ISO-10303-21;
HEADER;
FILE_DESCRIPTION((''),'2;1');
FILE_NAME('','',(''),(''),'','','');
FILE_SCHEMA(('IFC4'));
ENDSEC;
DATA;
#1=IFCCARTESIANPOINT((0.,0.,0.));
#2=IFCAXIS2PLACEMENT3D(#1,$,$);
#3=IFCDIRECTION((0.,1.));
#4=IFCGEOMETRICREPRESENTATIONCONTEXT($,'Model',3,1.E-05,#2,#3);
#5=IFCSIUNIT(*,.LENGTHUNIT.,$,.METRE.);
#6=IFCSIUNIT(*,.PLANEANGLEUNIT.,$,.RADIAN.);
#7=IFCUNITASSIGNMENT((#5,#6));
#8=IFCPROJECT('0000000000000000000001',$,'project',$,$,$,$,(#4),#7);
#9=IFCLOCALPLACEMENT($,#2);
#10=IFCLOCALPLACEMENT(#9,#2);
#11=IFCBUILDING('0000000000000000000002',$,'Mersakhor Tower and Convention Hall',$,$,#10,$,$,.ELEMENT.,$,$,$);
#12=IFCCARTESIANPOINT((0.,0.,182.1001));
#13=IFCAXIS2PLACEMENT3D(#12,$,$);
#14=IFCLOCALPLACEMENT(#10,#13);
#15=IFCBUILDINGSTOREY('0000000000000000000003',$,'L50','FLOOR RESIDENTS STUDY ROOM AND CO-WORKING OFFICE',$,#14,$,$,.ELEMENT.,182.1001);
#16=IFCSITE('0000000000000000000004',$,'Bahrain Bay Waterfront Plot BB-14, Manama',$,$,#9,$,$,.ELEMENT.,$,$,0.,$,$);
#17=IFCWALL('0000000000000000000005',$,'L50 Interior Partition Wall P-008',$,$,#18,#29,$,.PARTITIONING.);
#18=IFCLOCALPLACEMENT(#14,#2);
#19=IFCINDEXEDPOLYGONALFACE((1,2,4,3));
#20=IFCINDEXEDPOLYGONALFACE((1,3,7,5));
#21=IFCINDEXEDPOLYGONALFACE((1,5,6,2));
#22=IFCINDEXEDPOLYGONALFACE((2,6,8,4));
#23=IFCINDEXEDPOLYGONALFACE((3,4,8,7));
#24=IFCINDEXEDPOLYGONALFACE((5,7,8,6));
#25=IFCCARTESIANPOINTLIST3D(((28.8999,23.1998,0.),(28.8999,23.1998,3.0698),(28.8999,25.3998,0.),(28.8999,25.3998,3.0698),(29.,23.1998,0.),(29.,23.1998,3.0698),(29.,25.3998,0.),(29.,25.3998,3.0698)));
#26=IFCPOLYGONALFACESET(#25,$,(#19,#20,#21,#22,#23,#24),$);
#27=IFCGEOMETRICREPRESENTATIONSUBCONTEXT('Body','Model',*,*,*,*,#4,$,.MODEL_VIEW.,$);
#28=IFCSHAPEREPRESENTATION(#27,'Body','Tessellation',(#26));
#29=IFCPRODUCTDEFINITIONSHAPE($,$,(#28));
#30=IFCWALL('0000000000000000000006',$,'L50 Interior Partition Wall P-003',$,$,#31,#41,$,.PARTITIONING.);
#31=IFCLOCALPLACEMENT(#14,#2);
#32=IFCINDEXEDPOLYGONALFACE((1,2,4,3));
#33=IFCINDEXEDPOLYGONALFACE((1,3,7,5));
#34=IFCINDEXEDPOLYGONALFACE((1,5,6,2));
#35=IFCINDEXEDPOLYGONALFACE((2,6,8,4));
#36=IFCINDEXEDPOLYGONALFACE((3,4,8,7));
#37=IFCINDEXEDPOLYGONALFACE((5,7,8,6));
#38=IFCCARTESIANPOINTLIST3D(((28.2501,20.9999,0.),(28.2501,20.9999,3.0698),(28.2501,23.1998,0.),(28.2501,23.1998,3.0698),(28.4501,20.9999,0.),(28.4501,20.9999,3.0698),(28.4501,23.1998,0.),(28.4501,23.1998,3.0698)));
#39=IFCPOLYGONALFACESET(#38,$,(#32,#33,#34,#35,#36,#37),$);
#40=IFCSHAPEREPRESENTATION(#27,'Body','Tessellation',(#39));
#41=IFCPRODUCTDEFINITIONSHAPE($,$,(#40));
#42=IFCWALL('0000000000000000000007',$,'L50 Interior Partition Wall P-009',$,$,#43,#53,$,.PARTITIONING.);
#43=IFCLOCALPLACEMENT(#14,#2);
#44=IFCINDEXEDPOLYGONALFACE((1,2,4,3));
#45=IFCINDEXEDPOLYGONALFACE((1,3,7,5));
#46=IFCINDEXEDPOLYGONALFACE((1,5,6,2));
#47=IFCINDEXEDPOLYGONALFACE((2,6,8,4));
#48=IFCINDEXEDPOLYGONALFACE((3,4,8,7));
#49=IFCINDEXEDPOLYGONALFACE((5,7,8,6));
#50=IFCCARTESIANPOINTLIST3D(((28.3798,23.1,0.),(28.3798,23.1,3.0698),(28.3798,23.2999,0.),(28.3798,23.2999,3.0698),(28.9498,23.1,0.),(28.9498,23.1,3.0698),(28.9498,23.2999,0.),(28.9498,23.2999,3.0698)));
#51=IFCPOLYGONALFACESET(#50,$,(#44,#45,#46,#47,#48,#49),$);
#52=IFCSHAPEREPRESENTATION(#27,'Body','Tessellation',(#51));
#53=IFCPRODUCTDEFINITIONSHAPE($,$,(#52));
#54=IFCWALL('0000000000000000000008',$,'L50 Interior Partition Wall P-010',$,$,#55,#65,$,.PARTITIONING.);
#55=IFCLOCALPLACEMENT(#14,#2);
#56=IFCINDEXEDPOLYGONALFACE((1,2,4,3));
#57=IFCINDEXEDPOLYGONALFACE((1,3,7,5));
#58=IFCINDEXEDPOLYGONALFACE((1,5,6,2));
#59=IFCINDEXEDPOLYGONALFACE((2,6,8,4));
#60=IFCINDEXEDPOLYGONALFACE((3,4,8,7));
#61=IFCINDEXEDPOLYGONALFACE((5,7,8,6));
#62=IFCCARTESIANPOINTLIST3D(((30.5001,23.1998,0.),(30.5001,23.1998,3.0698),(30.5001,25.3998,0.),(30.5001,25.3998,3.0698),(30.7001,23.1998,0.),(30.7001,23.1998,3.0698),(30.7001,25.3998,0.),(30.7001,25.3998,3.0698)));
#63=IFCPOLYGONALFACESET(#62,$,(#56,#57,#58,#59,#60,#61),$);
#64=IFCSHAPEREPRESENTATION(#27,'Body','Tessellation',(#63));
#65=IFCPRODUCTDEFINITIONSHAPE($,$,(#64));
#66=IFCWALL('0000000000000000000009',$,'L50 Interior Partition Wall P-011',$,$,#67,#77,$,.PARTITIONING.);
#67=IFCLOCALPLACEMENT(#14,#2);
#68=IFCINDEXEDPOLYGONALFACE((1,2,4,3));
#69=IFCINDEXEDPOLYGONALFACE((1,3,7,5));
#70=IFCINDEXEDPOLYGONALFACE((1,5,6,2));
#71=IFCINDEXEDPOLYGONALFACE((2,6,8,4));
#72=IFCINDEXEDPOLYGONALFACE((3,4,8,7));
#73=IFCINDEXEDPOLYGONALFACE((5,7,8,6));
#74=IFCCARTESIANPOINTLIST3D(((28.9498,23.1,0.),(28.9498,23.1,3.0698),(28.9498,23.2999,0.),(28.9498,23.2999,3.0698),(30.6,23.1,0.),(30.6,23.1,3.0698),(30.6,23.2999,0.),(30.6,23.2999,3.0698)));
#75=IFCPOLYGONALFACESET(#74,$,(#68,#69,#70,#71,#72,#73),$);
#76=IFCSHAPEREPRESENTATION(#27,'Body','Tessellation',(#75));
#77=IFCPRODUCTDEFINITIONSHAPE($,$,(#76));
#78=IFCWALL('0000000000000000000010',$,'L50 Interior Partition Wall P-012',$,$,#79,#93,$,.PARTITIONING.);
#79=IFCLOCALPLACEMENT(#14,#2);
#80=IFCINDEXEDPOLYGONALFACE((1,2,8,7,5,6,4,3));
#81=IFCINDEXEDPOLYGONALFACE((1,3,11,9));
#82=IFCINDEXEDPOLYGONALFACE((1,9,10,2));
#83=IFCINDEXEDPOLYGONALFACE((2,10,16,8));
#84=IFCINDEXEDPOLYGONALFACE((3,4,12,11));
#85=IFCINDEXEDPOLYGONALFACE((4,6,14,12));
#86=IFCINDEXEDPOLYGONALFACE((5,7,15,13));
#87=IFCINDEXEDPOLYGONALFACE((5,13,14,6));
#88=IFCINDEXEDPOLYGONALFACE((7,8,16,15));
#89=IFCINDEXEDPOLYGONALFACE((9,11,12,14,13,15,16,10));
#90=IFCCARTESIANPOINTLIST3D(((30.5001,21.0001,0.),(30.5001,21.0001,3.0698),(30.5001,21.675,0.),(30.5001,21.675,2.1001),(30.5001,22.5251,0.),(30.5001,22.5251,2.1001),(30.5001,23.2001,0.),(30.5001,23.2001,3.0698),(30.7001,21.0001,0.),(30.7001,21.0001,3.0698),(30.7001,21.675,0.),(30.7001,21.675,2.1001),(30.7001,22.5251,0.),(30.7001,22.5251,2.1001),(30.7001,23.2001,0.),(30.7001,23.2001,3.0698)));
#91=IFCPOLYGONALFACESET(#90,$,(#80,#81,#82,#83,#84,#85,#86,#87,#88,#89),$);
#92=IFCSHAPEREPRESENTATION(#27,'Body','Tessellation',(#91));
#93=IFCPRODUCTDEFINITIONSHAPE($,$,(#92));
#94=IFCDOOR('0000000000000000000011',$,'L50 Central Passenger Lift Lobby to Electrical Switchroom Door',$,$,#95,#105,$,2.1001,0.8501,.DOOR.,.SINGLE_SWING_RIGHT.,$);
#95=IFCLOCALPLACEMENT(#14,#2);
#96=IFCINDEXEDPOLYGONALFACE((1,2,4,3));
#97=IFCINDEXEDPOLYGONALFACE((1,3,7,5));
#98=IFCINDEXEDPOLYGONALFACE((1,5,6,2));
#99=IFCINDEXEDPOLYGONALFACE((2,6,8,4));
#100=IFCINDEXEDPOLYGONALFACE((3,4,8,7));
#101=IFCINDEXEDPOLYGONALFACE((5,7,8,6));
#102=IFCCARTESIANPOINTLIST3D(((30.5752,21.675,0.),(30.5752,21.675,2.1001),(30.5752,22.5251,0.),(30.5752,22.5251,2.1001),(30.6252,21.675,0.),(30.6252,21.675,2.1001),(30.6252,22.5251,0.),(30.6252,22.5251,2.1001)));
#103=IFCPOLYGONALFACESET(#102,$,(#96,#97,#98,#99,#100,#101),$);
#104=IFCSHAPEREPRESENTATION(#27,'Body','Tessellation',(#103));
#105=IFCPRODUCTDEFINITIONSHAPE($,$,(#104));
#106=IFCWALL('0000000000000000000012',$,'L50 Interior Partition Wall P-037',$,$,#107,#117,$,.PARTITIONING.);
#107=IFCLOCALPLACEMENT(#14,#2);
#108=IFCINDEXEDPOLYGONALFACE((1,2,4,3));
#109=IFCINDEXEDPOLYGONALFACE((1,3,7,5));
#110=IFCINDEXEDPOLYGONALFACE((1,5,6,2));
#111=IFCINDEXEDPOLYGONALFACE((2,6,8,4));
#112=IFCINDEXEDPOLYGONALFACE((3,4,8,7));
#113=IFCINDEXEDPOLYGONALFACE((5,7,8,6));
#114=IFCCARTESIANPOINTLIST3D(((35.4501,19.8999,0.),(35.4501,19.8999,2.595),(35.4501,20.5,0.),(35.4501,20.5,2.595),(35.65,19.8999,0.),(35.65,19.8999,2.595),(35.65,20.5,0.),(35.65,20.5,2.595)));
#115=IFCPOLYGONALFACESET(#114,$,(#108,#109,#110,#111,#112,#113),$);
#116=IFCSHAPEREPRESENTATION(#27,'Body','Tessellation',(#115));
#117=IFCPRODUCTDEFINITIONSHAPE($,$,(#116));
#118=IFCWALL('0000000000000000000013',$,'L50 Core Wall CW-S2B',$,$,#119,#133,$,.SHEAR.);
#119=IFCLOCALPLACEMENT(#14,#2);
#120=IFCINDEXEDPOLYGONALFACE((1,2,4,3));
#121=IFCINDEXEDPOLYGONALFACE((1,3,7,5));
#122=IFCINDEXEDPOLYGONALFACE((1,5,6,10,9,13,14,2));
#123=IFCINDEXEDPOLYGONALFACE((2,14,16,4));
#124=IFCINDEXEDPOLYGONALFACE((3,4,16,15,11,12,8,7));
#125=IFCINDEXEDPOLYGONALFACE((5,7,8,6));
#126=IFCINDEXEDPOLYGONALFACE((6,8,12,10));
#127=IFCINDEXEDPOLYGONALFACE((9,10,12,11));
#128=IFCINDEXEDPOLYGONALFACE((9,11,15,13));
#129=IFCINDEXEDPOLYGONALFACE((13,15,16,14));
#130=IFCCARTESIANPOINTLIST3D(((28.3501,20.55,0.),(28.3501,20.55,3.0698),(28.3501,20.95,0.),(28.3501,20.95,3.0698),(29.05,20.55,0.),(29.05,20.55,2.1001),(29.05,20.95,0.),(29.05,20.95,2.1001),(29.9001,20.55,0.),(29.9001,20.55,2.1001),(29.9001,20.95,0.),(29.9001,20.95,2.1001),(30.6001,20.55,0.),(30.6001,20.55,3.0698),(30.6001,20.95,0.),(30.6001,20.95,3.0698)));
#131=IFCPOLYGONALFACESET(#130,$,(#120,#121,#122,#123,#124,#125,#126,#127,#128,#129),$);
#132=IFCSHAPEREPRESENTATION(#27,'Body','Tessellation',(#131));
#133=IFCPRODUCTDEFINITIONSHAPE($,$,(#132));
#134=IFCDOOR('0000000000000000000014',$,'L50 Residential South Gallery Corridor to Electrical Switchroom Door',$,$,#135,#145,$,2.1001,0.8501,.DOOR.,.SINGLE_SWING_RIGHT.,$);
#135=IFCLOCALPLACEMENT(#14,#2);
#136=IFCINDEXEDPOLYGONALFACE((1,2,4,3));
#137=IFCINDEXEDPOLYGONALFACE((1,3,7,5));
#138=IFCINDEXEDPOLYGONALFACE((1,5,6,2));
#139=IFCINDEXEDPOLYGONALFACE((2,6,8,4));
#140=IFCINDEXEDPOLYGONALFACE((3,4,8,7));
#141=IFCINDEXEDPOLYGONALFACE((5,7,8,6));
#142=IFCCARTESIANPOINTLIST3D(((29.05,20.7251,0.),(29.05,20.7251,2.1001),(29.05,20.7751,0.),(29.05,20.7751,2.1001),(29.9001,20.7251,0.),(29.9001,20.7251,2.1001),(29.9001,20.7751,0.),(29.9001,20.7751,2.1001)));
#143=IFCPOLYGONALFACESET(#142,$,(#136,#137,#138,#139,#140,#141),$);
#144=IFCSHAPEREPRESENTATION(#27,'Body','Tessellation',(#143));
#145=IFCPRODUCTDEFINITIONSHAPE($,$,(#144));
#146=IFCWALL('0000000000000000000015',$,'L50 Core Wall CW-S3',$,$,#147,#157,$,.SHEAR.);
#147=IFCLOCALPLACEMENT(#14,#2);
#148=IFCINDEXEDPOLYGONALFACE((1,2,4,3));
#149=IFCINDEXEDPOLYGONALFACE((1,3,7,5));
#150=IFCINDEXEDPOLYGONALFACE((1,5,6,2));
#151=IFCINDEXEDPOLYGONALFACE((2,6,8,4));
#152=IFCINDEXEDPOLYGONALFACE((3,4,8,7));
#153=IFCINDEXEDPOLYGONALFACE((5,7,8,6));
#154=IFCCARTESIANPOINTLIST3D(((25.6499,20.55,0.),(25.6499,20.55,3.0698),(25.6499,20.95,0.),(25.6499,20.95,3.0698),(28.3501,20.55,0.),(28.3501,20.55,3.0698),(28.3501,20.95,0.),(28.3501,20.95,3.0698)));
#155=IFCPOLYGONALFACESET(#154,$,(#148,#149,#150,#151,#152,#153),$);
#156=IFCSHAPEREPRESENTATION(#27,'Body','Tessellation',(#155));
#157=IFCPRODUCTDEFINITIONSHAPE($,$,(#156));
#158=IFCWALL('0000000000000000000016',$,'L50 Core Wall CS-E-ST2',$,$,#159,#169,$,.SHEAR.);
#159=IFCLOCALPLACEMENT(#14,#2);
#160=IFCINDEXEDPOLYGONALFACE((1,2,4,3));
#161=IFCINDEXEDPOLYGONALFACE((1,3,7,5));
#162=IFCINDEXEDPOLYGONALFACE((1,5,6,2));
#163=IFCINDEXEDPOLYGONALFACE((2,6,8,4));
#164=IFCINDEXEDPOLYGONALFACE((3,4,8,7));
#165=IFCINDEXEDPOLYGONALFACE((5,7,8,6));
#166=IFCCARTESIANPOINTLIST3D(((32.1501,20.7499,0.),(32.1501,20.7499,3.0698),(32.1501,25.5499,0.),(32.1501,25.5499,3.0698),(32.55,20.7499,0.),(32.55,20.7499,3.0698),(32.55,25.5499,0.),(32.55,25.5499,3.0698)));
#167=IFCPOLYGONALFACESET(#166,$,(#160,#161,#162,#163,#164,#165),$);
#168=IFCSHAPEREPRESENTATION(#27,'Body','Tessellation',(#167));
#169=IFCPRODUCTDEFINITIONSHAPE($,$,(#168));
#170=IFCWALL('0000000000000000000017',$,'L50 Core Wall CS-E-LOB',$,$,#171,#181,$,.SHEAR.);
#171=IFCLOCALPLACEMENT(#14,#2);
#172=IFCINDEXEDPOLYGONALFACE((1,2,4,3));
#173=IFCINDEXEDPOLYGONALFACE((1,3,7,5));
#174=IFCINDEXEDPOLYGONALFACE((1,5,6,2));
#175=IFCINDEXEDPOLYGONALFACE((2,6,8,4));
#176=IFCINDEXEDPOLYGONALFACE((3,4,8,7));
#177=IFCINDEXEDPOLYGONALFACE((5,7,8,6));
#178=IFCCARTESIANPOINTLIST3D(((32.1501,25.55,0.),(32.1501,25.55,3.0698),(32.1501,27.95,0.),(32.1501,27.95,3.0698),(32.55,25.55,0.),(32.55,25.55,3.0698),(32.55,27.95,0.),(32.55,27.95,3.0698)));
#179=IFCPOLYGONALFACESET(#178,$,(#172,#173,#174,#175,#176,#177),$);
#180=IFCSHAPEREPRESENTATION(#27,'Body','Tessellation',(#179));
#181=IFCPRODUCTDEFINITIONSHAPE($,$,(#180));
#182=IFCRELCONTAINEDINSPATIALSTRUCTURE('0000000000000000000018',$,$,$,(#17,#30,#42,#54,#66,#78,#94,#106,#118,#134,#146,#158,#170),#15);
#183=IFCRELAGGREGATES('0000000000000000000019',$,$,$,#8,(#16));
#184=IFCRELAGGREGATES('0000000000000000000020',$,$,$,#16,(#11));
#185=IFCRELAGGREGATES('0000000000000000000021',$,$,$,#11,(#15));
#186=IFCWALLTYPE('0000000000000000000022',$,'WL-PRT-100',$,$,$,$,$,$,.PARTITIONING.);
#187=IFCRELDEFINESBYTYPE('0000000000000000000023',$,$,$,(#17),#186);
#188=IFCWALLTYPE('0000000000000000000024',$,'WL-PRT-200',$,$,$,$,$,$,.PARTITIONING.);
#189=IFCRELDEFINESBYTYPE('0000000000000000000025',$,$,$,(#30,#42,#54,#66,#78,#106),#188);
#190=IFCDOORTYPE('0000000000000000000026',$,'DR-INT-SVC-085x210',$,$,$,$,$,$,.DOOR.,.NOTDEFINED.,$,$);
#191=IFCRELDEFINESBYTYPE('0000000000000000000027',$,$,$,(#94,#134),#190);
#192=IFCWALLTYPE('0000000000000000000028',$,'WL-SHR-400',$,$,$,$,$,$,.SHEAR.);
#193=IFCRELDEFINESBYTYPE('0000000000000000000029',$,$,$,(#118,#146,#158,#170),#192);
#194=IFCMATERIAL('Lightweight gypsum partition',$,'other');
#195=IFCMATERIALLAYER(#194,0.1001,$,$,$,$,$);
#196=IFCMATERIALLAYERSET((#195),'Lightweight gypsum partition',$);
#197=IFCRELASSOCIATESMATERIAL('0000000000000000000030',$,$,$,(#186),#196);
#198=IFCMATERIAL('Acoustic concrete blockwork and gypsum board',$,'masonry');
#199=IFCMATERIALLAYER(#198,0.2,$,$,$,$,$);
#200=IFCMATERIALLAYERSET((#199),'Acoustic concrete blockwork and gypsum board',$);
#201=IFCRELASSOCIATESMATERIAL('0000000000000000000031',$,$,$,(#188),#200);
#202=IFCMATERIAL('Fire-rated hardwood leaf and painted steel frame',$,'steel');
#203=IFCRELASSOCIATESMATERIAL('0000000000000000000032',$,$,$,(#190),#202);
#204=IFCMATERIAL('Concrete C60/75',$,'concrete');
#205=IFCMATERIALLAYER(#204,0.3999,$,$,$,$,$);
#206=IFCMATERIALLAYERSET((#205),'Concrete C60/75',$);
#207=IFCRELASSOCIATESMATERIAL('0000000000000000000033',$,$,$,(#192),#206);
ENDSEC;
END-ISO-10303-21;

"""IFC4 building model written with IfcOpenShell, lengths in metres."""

from ifc_helpers import new_model, si_unit, direction, frame, frame_2d, origin, place, context, subcontext, project, spatial, rectangle, extrude, material, layer, layer_set, type_object, element, fill, save


model = new_model("IFC4")

# Units and contexts
model_context = context("Model", 3, precision=1e-05, world=origin(), true_north=direction((0.0, 1.0)))
body_context = subcontext(model_context, "Body", "Model", "MODEL_VIEW")
ifc_project = project(units=[si_unit("LENGTHUNIT", "METRE"), si_unit("PLANEANGLEUNIT", "RADIAN")], contexts=[model_context])

# Site, building, storey
site_placement = place(None, origin())
site = spatial("IfcSite", under=ifc_project, at=site_placement, Name="Bahrain Bay Waterfront Plot BB-14, Manama", CompositionType="ELEMENT", RefElevation=0.0)
building_placement = place(site_placement, origin())
building = spatial("IfcBuilding", under=site, at=building_placement, Name="Mersakhor Tower and Convention Hall", CompositionType="ELEMENT")
storey_placement = place(building_placement, frame((0.0, 0.0, 182.1001)))
storey = spatial("IfcBuildingStorey", under=building, at=storey_placement, Name="L50", Description="FLOOR RESIDENTS STUDY ROOM AND CO-WORKING OFFICE", CompositionType="ELEMENT", Elevation=182.1001)

# Walls
ifc_material_1 = material(Name="Lightweight gypsum partition", Category="other")
ifc_layer_1 = layer(ifc_material_1, 0.1001)
ifc_layer_set_1 = layer_set([ifc_layer_1], Name="Lightweight gypsum partition")
wall_type_1 = type_object("IfcWallType", Name="WL-PRT-100", PredefinedType="PARTITIONING", material=ifc_layer_set_1)
wall_1_placement = place(storey_placement, frame((28.95, 25.3999, 0.0), z_axis=(0.0, 0.0, 1.0), x_axis=(0.0, -1.0, 0.0)))
element("IfcWall", 1, at=wall_1_placement, inside=storey, type_object=wall_type_1, Name="L50 Interior Partition Wall P-008", PredefinedType="PARTITIONING", context=body_context, shape_type="SweptSolid", body=[
    extrude(rectangle(XDim=2.2, YDim=0.1001, at=frame_2d((1.1001, 0.0))), origin(), (0.0, 0.0, 1.0), 3.0698),
])
ifc_material_2 = material(Name="Acoustic concrete blockwork and gypsum board", Category="masonry")
ifc_layer_2 = layer(ifc_material_2, 0.2)
ifc_layer_set_2 = layer_set([ifc_layer_2], Name="Acoustic concrete blockwork and gypsum board")
wall_type_2 = type_object("IfcWallType", Name="WL-PRT-200", PredefinedType="PARTITIONING", material=ifc_layer_set_2)
wall_2_placement = place(storey_placement, frame((28.3501, 23.2, 0.0), z_axis=(0.0, 0.0, 1.0), x_axis=(0.0, -1.0, 0.0)))
element("IfcWall", 2, at=wall_2_placement, inside=storey, type_object=wall_type_2, Name="L50 Interior Partition Wall P-003", PredefinedType="PARTITIONING", context=body_context, shape_type="SweptSolid", body=[
    extrude(rectangle(XDim=2.2, YDim=0.2, at=frame_2d((1.1001, 0.0))), origin(), (0.0, 0.0, 1.0), 3.0698),
])
wall_3_placement = place(storey_placement, frame((28.95, 23.2, 0.0), z_axis=(0.0, 0.0, 1.0), x_axis=(-1.0, 0.0, 0.0)))
element("IfcWall", 3, at=wall_3_placement, inside=storey, type_object=wall_type_2, Name="L50 Interior Partition Wall P-009", PredefinedType="PARTITIONING", context=body_context, shape_type="SweptSolid", body=[
    extrude(rectangle(XDim=0.5701, YDim=0.2, at=frame_2d((0.2852, 0.0))), origin(), (0.0, 0.0, 1.0), 3.0698),
])
wall_4_placement = place(storey_placement, frame((30.6001, 25.3999, 0.0), z_axis=(0.0, 0.0, 1.0), x_axis=(0.0, -1.0, 0.0)))
element("IfcWall", 4, at=wall_4_placement, inside=storey, type_object=wall_type_2, Name="L50 Interior Partition Wall P-010", PredefinedType="PARTITIONING", context=body_context, shape_type="SweptSolid", body=[
    extrude(rectangle(XDim=2.2, YDim=0.2, at=frame_2d((1.1001, 0.0))), origin(), (0.0, 0.0, 1.0), 3.0698),
])
wall_5_placement = place(storey_placement, frame((30.6001, 23.2, 0.0), z_axis=(0.0, 0.0, 1.0), x_axis=(-1.0, 0.0, 0.0)))
element("IfcWall", 5, at=wall_5_placement, inside=storey, type_object=wall_type_2, Name="L50 Interior Partition Wall P-011", PredefinedType="PARTITIONING", context=body_context, shape_type="SweptSolid", body=[
    extrude(rectangle(XDim=1.6501, YDim=0.2, at=frame_2d((0.8252, 0.0))), origin(), (0.0, 0.0, 1.0), 3.0698),
])

# Wall, opening, door
wall_6_placement = place(storey_placement, frame((30.6001, 21.0, 0.0), z_axis=(0.0, 0.0, 1.0), x_axis=(0.0, 1.0, 0.0)))
wall_6 = element("IfcWall", 6, at=wall_6_placement, inside=storey, type_object=wall_type_2, Name="L50 Interior Partition Wall P-012", PredefinedType="PARTITIONING", context=body_context, shape_type="SweptSolid", body=[
    extrude(rectangle(XDim=2.2, YDim=0.2, at=frame_2d((1.1001, 0.0))), origin(), (0.0, 0.0, 1.0), 3.0698),
])
opening_1_placement = place(wall_6_placement, frame((0.675, 0.0, 0.0)))
opening_1 = element("IfcOpeningElement", 7, at=opening_1_placement, cuts=wall_6, PredefinedType="OPENING", context=body_context, shape_type="SweptSolid", body=[
    extrude(rectangle(XDim=0.8501, YDim=2.1001, at=frame_2d((0.425, 1.05))), frame((0.0, 0.1099, 0.0), z_axis=(0.0, -1.0, 0.0), x_axis=(1.0, 0.0, 0.0)), (0.0, 0.0, 1.0), 0.22),
])
ifc_material_3 = material(Name="Fire-rated hardwood leaf and painted steel frame", Category="steel")
door_type_1 = type_object("IfcDoorType", Name="DR-INT-SVC-085x210", OperationType="NOTDEFINED", PredefinedType="DOOR", material=ifc_material_3)
door_1_placement = place(opening_1_placement, origin())
door_1 = element("IfcDoor", 8, at=door_1_placement, inside=storey, type_object=door_type_1, Name="L50 Central Passenger Lift Lobby to Electrical Switchroom Door", OperationType="SINGLE_SWING_RIGHT", OverallHeight=2.1001, OverallWidth=0.8501, PredefinedType="DOOR", context=body_context, shape_type="SweptSolid", body=[
    extrude(rectangle(XDim=0.8501, YDim=2.1001, at=frame_2d((0.425, 1.05))), frame((0.0, 0.0249, 0.0), z_axis=(0.0, -1.0, 0.0), x_axis=(1.0, 0.0, 0.0)), (0.0, 0.0, 1.0), 0.05),
])
fill(opening_1, door_1)

# Wall
wall_7_placement = place(storey_placement, frame((35.55, 20.5, 0.0), z_axis=(0.0, 0.0, 1.0), x_axis=(0.0, -1.0, 0.0)))
element("IfcWall", 9, at=wall_7_placement, inside=storey, type_object=wall_type_2, Name="L50 Interior Partition Wall P-037", PredefinedType="PARTITIONING", context=body_context, shape_type="SweptSolid", body=[
    extrude(rectangle(XDim=0.6001, YDim=0.2, at=frame_2d((0.3, 0.0))), origin(), (0.0, 0.0, 1.0), 2.595),
])

# Wall, opening, door
ifc_material_4 = material(Name="Concrete C60/75", Category="concrete")
ifc_layer_3 = layer(ifc_material_4, 0.3999)
ifc_layer_set_3 = layer_set([ifc_layer_3], Name="Concrete C60/75")
wall_type_3 = type_object("IfcWallType", Name="WL-SHR-400", PredefinedType="SHEAR", material=ifc_layer_set_3)
wall_8_placement = place(storey_placement, frame((30.6001, 20.75, 0.0), z_axis=(0.0, 0.0, 1.0), x_axis=(-1.0, 0.0, 0.0)))
wall_8 = element("IfcWall", 10, at=wall_8_placement, inside=storey, type_object=wall_type_3, Name="L50 Core Wall CW-S2B", PredefinedType="SHEAR", context=body_context, shape_type="SweptSolid", body=[
    extrude(rectangle(XDim=2.25, YDim=0.3999, at=frame_2d((1.125, 0.0))), origin(), (0.0, 0.0, 1.0), 3.0698),
])
opening_2_placement = place(wall_8_placement, frame((0.7, 0.0, 0.0)))
opening_2 = element("IfcOpeningElement", 11, at=opening_2_placement, cuts=wall_8, PredefinedType="OPENING", context=body_context, shape_type="SweptSolid", body=[
    extrude(rectangle(XDim=0.8501, YDim=2.1001, at=frame_2d((0.425, 1.05))), frame((0.0, 0.21, 0.0), z_axis=(0.0, -1.0, 0.0), x_axis=(1.0, 0.0, 0.0)), (0.0, 0.0, 1.0), 0.4199),
])
door_2_placement = place(opening_2_placement, origin())
door_2 = element("IfcDoor", 12, at=door_2_placement, inside=storey, type_object=door_type_1, Name="L50 Residential South Gallery Corridor to Electrical Switchroom Door", OperationType="SINGLE_SWING_RIGHT", OverallHeight=2.1001, OverallWidth=0.8501, PredefinedType="DOOR", context=body_context, shape_type="SweptSolid", body=[
    extrude(rectangle(XDim=0.8501, YDim=2.1001, at=frame_2d((0.425, 1.05))), frame((0.0, 0.0249, 0.0), z_axis=(0.0, -1.0, 0.0), x_axis=(1.0, 0.0, 0.0)), (0.0, 0.0, 1.0), 0.05),
])
fill(opening_2, door_2)

# Walls
wall_9_placement = place(storey_placement, frame((28.3501, 20.75, 0.0), z_axis=(0.0, 0.0, 1.0), x_axis=(-1.0, 0.0, 0.0)))
element("IfcWall", 13, at=wall_9_placement, inside=storey, type_object=wall_type_3, Name="L50 Core Wall CW-S3", PredefinedType="SHEAR", context=body_context, shape_type="SweptSolid", body=[
    extrude(rectangle(XDim=2.7002, YDim=0.3999, at=frame_2d((1.3501, 0.0))), origin(), (0.0, 0.0, 1.0), 3.0698),
])
wall_10_placement = place(storey_placement, frame((32.3501, 20.75, 0.0), z_axis=(0.0, 0.0, 1.0), x_axis=(0.0, 1.0, 0.0)))
element("IfcWall", 14, at=wall_10_placement, inside=storey, type_object=wall_type_3, Name="L50 Core Wall CS-E-ST2", PredefinedType="SHEAR", context=body_context, shape_type="SweptSolid", body=[
    extrude(rectangle(XDim=4.8, YDim=0.3999, at=frame_2d((2.3999, 0.0))), origin(), (0.0, 0.0, 1.0), 3.0698),
])
wall_11_placement = place(storey_placement, frame((32.3501, 25.55, 0.0), z_axis=(0.0, 0.0, 1.0), x_axis=(0.0, 1.0, 0.0)))
element("IfcWall", 15, at=wall_11_placement, inside=storey, type_object=wall_type_3, Name="L50 Core Wall CS-E-LOB", PredefinedType="SHEAR", context=body_context, shape_type="SweptSolid", body=[
    extrude(rectangle(XDim=2.3999, YDim=0.3999, at=frame_2d((1.2, 0.0))), origin(), (0.0, 0.0, 1.0), 3.0698),
])

save(model, "model.ifc")
